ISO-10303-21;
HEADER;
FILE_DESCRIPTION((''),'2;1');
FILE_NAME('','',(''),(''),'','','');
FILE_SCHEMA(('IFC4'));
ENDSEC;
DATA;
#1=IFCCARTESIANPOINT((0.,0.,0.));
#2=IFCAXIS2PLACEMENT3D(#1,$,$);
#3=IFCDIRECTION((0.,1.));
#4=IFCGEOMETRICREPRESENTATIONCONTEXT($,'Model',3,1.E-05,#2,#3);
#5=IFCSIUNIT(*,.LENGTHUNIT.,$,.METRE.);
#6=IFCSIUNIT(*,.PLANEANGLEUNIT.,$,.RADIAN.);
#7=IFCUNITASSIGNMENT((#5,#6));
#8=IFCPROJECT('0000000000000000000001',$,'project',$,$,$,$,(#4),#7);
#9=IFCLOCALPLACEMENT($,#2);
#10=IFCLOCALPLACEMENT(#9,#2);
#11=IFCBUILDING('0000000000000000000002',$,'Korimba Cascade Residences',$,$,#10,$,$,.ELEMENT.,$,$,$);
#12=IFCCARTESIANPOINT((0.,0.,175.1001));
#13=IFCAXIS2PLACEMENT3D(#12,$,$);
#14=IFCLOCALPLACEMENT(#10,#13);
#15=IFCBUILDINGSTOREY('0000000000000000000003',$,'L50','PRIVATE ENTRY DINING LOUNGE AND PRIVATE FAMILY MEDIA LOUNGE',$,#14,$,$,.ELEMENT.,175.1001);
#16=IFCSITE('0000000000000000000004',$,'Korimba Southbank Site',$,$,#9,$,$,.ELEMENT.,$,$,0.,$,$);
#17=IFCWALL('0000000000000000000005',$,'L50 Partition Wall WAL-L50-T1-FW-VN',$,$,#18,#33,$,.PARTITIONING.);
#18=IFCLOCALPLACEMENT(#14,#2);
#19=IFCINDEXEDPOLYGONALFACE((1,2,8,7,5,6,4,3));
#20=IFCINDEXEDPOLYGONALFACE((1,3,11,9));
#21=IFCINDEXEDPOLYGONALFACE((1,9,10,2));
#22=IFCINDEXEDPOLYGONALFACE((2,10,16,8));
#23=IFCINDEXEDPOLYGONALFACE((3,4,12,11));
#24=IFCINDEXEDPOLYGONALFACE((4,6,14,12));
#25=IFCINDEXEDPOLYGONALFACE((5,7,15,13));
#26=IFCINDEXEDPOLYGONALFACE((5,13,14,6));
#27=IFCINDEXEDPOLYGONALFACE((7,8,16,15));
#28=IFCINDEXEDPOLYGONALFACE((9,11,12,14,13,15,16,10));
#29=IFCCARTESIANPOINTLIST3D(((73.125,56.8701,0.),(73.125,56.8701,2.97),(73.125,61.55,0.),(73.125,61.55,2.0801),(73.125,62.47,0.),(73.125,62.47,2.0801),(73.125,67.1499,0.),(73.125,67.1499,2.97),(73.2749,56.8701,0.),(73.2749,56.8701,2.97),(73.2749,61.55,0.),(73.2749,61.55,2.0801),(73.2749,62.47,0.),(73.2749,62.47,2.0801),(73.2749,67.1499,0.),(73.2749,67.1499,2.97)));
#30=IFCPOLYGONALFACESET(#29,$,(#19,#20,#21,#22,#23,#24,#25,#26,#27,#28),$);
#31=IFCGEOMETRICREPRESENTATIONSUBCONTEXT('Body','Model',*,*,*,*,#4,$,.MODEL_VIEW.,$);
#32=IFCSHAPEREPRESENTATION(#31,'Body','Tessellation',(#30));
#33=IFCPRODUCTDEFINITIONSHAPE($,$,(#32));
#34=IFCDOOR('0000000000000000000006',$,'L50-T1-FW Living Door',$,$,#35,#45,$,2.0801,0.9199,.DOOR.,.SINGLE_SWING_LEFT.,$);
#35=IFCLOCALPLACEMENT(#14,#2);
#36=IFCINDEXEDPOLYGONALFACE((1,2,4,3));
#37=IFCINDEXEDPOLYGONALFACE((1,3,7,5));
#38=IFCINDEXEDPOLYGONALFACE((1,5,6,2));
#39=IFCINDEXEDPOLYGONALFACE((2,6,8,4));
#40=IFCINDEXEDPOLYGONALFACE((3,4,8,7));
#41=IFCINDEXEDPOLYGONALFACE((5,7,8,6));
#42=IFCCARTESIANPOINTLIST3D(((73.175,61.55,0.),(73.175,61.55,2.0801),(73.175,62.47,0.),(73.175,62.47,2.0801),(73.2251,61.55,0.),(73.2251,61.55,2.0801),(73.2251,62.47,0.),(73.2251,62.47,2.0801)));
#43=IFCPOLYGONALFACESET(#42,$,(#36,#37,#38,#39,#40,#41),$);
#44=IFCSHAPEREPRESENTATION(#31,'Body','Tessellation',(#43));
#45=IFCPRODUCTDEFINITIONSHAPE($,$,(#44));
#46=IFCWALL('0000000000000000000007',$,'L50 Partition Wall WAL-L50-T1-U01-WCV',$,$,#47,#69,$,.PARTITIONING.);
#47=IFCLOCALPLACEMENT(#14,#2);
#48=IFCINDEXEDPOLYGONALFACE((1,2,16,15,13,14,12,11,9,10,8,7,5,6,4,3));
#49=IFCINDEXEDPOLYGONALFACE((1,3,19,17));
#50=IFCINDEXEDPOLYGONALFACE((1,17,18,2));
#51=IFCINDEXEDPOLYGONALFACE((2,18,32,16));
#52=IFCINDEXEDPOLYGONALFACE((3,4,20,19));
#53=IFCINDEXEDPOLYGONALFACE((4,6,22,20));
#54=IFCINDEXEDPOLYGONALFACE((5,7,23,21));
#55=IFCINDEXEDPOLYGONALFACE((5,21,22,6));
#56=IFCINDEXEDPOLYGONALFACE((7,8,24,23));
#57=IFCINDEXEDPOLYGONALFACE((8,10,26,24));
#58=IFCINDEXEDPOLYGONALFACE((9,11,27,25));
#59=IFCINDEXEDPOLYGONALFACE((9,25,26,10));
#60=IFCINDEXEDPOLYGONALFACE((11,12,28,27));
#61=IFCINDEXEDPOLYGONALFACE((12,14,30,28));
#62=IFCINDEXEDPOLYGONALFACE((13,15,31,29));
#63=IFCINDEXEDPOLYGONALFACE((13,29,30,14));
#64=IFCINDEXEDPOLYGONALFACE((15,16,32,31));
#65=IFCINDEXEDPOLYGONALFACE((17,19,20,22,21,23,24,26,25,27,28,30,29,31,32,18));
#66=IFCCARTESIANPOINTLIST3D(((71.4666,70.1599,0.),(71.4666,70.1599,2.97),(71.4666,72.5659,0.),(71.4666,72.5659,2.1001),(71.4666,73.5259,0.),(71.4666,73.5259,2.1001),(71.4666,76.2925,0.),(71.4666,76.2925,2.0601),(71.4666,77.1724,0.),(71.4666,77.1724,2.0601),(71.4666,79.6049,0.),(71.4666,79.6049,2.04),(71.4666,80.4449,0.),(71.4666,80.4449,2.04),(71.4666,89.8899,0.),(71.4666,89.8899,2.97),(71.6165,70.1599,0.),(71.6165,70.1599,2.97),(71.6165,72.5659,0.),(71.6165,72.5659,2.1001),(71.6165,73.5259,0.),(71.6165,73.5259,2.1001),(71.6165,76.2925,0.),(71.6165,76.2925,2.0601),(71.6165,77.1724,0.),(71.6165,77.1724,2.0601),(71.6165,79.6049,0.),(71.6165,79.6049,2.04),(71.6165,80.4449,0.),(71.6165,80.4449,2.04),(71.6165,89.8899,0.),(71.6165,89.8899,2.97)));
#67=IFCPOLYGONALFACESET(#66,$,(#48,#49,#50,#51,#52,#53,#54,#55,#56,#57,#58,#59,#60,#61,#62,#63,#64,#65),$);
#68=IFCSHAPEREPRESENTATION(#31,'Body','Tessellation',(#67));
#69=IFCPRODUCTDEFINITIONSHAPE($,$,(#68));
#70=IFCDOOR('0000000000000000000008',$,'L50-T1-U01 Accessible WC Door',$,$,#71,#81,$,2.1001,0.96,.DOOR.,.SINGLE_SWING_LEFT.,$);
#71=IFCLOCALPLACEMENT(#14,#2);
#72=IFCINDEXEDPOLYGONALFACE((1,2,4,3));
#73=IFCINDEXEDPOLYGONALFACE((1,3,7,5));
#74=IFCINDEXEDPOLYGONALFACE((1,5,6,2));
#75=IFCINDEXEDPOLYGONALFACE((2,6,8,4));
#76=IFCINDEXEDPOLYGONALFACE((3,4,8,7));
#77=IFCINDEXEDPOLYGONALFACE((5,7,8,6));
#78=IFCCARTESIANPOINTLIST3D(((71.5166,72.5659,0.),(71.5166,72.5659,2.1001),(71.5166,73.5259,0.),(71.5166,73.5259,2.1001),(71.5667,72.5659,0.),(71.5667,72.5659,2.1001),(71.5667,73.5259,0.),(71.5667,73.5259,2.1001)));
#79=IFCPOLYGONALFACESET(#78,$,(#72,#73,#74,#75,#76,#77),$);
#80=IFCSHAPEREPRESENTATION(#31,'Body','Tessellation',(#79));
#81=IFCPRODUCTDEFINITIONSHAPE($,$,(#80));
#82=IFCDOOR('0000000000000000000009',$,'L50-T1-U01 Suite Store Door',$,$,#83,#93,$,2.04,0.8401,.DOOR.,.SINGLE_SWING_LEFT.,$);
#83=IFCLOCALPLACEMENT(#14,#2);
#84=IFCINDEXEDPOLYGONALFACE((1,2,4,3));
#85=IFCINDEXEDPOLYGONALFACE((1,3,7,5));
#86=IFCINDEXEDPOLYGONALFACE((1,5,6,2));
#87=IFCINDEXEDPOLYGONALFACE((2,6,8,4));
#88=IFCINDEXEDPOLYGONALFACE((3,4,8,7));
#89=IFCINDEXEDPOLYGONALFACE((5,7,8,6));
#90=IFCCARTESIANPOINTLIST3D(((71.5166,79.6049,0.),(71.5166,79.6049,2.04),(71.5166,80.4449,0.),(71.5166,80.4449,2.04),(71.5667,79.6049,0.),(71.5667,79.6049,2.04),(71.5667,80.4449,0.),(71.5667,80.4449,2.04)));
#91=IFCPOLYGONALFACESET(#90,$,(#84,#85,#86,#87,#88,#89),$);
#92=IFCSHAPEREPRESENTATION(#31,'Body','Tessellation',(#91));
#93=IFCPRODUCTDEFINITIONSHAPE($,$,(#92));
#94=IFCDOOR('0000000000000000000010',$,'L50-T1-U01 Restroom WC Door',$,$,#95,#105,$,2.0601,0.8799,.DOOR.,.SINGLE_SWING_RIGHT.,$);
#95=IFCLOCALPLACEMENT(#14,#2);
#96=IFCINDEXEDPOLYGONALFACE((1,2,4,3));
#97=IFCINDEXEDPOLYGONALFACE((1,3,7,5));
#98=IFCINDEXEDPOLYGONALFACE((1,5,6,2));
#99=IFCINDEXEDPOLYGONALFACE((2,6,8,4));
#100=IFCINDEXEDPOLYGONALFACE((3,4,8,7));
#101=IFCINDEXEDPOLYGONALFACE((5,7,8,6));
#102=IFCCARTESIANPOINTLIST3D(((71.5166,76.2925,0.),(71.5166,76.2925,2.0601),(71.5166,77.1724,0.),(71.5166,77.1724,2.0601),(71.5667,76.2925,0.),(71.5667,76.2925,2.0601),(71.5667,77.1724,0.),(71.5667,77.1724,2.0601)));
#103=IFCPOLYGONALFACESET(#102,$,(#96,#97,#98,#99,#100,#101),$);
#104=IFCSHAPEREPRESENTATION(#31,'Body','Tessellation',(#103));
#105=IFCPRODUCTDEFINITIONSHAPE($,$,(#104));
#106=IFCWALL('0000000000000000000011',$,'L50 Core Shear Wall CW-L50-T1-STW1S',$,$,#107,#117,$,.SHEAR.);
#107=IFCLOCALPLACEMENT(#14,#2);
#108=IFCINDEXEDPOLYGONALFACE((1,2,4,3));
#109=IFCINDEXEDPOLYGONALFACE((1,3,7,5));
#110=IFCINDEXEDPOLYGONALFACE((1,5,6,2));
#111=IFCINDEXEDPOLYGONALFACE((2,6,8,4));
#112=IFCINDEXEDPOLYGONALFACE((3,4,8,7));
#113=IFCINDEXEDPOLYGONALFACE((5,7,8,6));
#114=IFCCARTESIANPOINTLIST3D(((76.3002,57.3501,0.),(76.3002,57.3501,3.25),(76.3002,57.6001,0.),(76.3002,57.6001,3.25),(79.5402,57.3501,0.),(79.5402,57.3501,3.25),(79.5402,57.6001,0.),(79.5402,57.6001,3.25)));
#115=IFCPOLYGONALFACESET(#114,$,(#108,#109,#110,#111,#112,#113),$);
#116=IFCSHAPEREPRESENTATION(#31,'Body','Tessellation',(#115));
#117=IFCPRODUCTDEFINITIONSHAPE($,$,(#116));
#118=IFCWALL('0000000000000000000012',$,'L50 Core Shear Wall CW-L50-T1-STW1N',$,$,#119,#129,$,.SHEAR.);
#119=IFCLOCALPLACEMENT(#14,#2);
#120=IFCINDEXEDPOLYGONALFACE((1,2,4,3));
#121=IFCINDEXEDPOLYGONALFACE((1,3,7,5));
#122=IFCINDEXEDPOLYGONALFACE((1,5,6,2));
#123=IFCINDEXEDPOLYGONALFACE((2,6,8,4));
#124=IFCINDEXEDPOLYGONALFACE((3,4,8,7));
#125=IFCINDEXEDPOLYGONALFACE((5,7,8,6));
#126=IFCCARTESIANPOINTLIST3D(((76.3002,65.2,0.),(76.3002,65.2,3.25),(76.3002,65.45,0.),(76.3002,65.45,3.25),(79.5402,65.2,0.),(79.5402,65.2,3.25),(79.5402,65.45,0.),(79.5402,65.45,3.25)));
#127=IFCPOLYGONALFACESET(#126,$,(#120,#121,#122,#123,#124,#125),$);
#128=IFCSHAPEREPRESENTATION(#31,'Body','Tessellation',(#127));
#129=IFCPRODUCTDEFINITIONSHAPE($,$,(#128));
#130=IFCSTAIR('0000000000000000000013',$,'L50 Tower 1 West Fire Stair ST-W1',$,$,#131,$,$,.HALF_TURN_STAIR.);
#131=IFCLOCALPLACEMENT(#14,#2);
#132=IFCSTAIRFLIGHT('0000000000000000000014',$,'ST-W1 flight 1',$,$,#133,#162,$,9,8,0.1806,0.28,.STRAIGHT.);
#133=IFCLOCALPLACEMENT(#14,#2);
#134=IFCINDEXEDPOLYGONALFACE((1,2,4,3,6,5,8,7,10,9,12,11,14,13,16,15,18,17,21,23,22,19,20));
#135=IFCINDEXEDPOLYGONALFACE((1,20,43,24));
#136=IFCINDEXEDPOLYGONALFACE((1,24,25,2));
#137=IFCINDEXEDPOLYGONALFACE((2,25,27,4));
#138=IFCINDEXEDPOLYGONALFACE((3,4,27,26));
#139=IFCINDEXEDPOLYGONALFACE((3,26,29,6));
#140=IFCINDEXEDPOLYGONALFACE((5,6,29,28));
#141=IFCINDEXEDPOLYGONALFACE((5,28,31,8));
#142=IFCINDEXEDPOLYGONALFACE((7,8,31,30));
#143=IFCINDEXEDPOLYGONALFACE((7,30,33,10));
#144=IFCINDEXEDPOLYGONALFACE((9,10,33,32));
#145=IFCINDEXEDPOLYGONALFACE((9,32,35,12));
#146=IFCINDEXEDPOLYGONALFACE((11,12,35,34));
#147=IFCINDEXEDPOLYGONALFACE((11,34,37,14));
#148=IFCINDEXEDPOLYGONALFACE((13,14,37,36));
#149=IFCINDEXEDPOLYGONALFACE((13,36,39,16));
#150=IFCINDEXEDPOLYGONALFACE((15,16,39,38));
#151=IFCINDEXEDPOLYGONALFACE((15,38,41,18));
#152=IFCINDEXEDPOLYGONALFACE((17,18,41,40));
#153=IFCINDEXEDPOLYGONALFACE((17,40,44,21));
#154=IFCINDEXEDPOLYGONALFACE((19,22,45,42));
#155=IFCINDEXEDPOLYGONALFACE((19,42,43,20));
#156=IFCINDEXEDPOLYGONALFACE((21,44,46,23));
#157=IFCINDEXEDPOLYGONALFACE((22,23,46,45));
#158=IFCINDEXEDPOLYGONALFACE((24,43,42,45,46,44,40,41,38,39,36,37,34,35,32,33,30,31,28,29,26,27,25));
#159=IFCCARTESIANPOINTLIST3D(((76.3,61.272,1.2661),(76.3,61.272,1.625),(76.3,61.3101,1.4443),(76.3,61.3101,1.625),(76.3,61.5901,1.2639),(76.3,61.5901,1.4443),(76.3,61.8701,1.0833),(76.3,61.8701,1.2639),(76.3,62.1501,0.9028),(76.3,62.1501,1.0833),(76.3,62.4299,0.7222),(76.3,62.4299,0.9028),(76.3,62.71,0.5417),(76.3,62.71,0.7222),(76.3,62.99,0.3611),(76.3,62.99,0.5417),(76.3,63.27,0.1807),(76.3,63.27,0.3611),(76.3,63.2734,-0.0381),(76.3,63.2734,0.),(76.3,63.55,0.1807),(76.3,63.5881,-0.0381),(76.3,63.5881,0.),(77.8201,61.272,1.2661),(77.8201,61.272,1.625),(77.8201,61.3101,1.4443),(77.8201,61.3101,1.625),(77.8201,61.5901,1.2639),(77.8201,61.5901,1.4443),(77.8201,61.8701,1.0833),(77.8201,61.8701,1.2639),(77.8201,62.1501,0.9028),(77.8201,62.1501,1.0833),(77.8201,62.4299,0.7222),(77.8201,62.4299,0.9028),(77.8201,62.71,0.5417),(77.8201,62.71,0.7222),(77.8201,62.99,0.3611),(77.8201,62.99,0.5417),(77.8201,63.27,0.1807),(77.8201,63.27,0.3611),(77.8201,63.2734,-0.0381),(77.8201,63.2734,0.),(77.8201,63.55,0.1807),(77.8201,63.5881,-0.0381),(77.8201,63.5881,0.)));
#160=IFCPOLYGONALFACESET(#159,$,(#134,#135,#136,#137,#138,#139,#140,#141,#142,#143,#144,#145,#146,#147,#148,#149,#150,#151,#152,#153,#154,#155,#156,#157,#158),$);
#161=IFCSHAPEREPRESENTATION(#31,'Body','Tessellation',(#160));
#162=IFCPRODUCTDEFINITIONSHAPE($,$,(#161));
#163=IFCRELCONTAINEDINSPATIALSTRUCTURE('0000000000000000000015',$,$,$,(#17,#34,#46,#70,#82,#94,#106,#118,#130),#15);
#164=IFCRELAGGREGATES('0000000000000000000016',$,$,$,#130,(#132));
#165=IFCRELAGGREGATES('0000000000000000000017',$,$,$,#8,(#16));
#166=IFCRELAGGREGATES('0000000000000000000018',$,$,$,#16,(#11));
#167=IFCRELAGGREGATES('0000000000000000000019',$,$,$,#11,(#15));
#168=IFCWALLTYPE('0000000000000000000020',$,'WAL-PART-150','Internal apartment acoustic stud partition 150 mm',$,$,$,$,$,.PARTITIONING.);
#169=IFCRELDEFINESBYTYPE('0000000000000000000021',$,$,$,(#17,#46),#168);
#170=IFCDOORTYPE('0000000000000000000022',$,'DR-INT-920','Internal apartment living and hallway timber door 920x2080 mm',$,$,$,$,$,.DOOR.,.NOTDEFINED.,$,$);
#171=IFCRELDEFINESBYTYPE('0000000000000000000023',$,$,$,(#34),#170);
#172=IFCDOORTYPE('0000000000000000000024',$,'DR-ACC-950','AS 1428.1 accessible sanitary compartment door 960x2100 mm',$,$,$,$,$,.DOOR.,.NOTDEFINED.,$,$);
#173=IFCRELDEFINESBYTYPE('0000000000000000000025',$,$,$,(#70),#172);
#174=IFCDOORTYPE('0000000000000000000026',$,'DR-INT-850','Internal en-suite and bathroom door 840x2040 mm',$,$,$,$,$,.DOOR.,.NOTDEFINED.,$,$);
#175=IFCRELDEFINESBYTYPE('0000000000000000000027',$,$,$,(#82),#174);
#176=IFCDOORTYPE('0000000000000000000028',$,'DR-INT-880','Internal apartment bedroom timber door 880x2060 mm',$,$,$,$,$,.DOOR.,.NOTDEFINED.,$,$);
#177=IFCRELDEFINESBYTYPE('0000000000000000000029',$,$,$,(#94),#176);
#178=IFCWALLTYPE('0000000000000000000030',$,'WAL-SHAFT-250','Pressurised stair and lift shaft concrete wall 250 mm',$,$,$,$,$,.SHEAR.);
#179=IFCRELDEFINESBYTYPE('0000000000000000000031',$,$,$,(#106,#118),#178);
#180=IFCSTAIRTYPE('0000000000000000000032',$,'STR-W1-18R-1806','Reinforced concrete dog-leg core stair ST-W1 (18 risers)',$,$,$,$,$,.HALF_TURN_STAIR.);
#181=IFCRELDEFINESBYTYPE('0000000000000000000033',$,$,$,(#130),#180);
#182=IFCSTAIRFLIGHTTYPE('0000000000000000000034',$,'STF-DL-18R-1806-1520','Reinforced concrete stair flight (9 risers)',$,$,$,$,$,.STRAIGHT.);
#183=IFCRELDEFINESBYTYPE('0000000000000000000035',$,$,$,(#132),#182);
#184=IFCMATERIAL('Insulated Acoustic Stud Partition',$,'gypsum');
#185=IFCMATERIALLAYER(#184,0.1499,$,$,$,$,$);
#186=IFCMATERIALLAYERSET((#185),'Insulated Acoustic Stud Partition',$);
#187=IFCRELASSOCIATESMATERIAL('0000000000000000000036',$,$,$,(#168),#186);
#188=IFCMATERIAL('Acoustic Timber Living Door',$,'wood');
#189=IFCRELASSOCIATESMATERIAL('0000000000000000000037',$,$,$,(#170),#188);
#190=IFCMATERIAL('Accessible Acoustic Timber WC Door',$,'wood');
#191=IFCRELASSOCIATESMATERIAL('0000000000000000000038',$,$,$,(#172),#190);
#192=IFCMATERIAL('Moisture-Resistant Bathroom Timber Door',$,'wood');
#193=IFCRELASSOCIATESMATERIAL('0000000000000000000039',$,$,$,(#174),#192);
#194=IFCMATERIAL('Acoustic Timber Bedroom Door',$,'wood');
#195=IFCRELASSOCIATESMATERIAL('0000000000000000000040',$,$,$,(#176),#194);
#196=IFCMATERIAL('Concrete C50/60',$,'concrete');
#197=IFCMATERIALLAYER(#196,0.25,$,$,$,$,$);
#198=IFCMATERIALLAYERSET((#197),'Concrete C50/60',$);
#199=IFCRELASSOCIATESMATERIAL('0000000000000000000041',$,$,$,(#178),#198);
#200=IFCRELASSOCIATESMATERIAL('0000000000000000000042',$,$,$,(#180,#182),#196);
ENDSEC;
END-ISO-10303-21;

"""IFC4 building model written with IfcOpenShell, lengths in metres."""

from ifc_helpers import new_model, si_unit, direction, frame, frame_2d, origin, place, context, subcontext, project, spatial, polyline, rectangle, outline, extrude, material, layer, layer_set, type_object, element, fill, aggregate, save


model = new_model("IFC4")

# Units and contexts
model_context = context("Model", 3, precision=1e-05, world=origin(), true_north=direction((0.0, 1.0)))
body_context = subcontext(model_context, "Body", "Model", "MODEL_VIEW")
ifc_project = project(units=[si_unit("LENGTHUNIT", "METRE"), si_unit("PLANEANGLEUNIT", "RADIAN")], contexts=[model_context])

# Site, building, storey
site_placement = place(None, origin())
site = spatial("IfcSite", under=ifc_project, at=site_placement, Name="Korimba Southbank Site", CompositionType="ELEMENT", RefElevation=0.0)
building_placement = place(site_placement, origin())
building = spatial("IfcBuilding", under=site, at=building_placement, Name="Korimba Cascade Residences", CompositionType="ELEMENT")
storey_placement = place(building_placement, frame((0.0, 0.0, 175.1001)))
storey = spatial("IfcBuildingStorey", under=building, at=storey_placement, Name="L50", Description="PRIVATE ENTRY DINING LOUNGE AND PRIVATE FAMILY MEDIA LOUNGE", CompositionType="ELEMENT", Elevation=175.1001)

# Wall, opening, door
ifc_material_1 = material(Name="Insulated Acoustic Stud Partition", Category="gypsum")
ifc_layer_1 = layer(ifc_material_1, 0.1499)
ifc_layer_set_1 = layer_set([ifc_layer_1], Name="Insulated Acoustic Stud Partition")
wall_type_1 = type_object("IfcWallType", Name="WAL-PART-150", Description="Internal apartment acoustic stud partition 150 mm", PredefinedType="PARTITIONING", material=ifc_layer_set_1)
wall_1_placement = place(storey_placement, frame((73.2, 56.8701, 0.0), z_axis=(0.0, 0.0, 1.0), x_axis=(0.0, 1.0, 0.0)))
wall_1 = element("IfcWall", 1, at=wall_1_placement, inside=storey, type_object=wall_type_1, Name="L50 Partition Wall WAL-L50-T1-FW-VN", PredefinedType="PARTITIONING", context=body_context, shape_type="SweptSolid", body=[
    extrude(rectangle(XDim=10.2798, YDim=0.1499, at=frame_2d((5.1399, 0.0))), origin(), (0.0, 0.0, 1.0), 2.97),
])
opening_1_placement = place(wall_1_placement, frame((4.6799, 0.0, 0.0)))
opening_1 = element("IfcOpeningElement", 2, at=opening_1_placement, cuts=wall_1, PredefinedType="OPENING", context=body_context, shape_type="SweptSolid", body=[
    extrude(rectangle(XDim=0.9199, YDim=2.0801, at=frame_2d((0.46, 1.04))), frame((0.0, 0.085, 0.0), z_axis=(0.0, -1.0, 0.0), x_axis=(1.0, 0.0, 0.0)), (0.0, 0.0, 1.0), 0.1699),
])
ifc_material_2 = material(Name="Acoustic Timber Living Door", Category="wood")
door_type_1 = type_object("IfcDoorType", Name="DR-INT-920", Description="Internal apartment living and hallway timber door 920x2080 mm", OperationType="NOTDEFINED", PredefinedType="DOOR", material=ifc_material_2)
door_1_placement = place(opening_1_placement, origin())
door_1 = element("IfcDoor", 3, at=door_1_placement, inside=storey, type_object=door_type_1, Name="L50-T1-FW Living Door", OperationType="SINGLE_SWING_LEFT", OverallHeight=2.0801, OverallWidth=0.9199, PredefinedType="DOOR", context=body_context, shape_type="SweptSolid", body=[
    extrude(rectangle(XDim=0.9199, YDim=2.0801, at=frame_2d((0.46, 1.04))), frame((0.0, 0.0249, 0.0), z_axis=(0.0, -1.0, 0.0), x_axis=(1.0, 0.0, 0.0)), (0.0, 0.0, 1.0), 0.05),
])
fill(opening_1, door_1)

# Wall, openings, doors
wall_2_placement = place(storey_placement, frame((71.5415, 70.1599, 0.0), z_axis=(0.0, 0.0, 1.0), x_axis=(0.0, 1.0, 0.0)))
wall_2 = element("IfcWall", 4, at=wall_2_placement, inside=storey, type_object=wall_type_1, Name="L50 Partition Wall WAL-L50-T1-U01-WCV", PredefinedType="PARTITIONING", context=body_context, shape_type="SweptSolid", body=[
    extrude(rectangle(XDim=19.73, YDim=0.1499, at=frame_2d((9.865, 0.0))), origin(), (0.0, 0.0, 1.0), 2.97),
])
opening_2_placement = place(wall_2_placement, frame((2.406, 0.0, 0.0)))
opening_2 = element("IfcOpeningElement", 5, at=opening_2_placement, cuts=wall_2, PredefinedType="OPENING", context=body_context, shape_type="SweptSolid", body=[
    extrude(rectangle(XDim=0.96, YDim=2.1001, at=frame_2d((0.48, 1.05))), frame((0.0, 0.085, 0.0), z_axis=(0.0, -1.0, 0.0), x_axis=(1.0, 0.0, 0.0)), (0.0, 0.0, 1.0), 0.1699),
])
opening_3_placement = place(wall_2_placement, frame((6.1326, 0.0, 0.0)))
opening_3 = element("IfcOpeningElement", 6, at=opening_3_placement, cuts=wall_2, PredefinedType="OPENING", context=body_context, shape_type="SweptSolid", body=[
    extrude(rectangle(XDim=0.8799, YDim=2.0601, at=frame_2d((0.4399, 1.03))), frame((0.0, 0.085, 0.0), z_axis=(0.0, -1.0, 0.0), x_axis=(1.0, 0.0, 0.0)), (0.0, 0.0, 1.0), 0.1699),
])
opening_4_placement = place(wall_2_placement, frame((9.4451, 0.0, 0.0)))
opening_4 = element("IfcOpeningElement", 7, at=opening_4_placement, cuts=wall_2, PredefinedType="OPENING", context=body_context, shape_type="SweptSolid", body=[
    extrude(rectangle(XDim=0.8401, YDim=2.04, at=frame_2d((0.4199, 1.02))), frame((0.0, 0.085, 0.0), z_axis=(0.0, -1.0, 0.0), x_axis=(1.0, 0.0, 0.0)), (0.0, 0.0, 1.0), 0.1699),
])
ifc_material_3 = material(Name="Accessible Acoustic Timber WC Door", Category="wood")
door_type_2 = type_object("IfcDoorType", Name="DR-ACC-950", Description="AS 1428.1 accessible sanitary compartment door 960x2100 mm", OperationType="NOTDEFINED", PredefinedType="DOOR", material=ifc_material_3)
door_2_placement = place(opening_2_placement, origin())
door_2 = element("IfcDoor", 8, at=door_2_placement, inside=storey, type_object=door_type_2, Name="L50-T1-U01 Accessible WC Door", OperationType="SINGLE_SWING_LEFT", OverallHeight=2.1001, OverallWidth=0.96, PredefinedType="DOOR", context=body_context, shape_type="SweptSolid", body=[
    extrude(rectangle(XDim=0.96, YDim=2.1001, at=frame_2d((0.48, 1.05))), frame((0.0, 0.0249, 0.0), z_axis=(0.0, -1.0, 0.0), x_axis=(1.0, 0.0, 0.0)), (0.0, 0.0, 1.0), 0.05),
])
fill(opening_2, door_2)
ifc_material_4 = material(Name="Moisture-Resistant Bathroom Timber Door", Category="wood")
door_type_3 = type_object("IfcDoorType", Name="DR-INT-850", Description="Internal en-suite and bathroom door 840x2040 mm", OperationType="NOTDEFINED", PredefinedType="DOOR", material=ifc_material_4)
door_3_placement = place(opening_4_placement, origin())
door_3 = element("IfcDoor", 9, at=door_3_placement, inside=storey, type_object=door_type_3, Name="L50-T1-U01 Suite Store Door", OperationType="SINGLE_SWING_LEFT", OverallHeight=2.04, OverallWidth=0.8401, PredefinedType="DOOR", context=body_context, shape_type="SweptSolid", body=[
    extrude(rectangle(XDim=0.8401, YDim=2.04, at=frame_2d((0.4199, 1.02))), frame((0.0, 0.0249, 0.0), z_axis=(0.0, -1.0, 0.0), x_axis=(1.0, 0.0, 0.0)), (0.0, 0.0, 1.0), 0.05),
])
fill(opening_4, door_3)
ifc_material_5 = material(Name="Acoustic Timber Bedroom Door", Category="wood")
door_type_4 = type_object("IfcDoorType", Name="DR-INT-880", Description="Internal apartment bedroom timber door 880x2060 mm", OperationType="NOTDEFINED", PredefinedType="DOOR", material=ifc_material_5)
door_4_placement = place(opening_3_placement, origin())
door_4 = element("IfcDoor", 10, at=door_4_placement, inside=storey, type_object=door_type_4, Name="L50-T1-U01 Restroom WC Door", OperationType="SINGLE_SWING_RIGHT", OverallHeight=2.0601, OverallWidth=0.8799, PredefinedType="DOOR", context=body_context, shape_type="SweptSolid", body=[
    extrude(rectangle(XDim=0.8799, YDim=2.0601, at=frame_2d((0.4399, 1.03))), frame((0.0, 0.0249, 0.0), z_axis=(0.0, -1.0, 0.0), x_axis=(1.0, 0.0, 0.0)), (0.0, 0.0, 1.0), 0.05),
])
fill(opening_3, door_4)

# Walls
ifc_material_6 = material(Name="Concrete C50/60", Category="concrete")
ifc_layer_2 = layer(ifc_material_6, 0.25)
ifc_layer_set_2 = layer_set([ifc_layer_2], Name="Concrete C50/60")
wall_type_2 = type_object("IfcWallType", Name="WAL-SHAFT-250", Description="Pressurised stair and lift shaft concrete wall 250 mm", PredefinedType="SHEAR", material=ifc_layer_set_2)
for number, where, z_axis, x_axis, name in (
    (11, (76.3, 57.4751, 0.0), (0.0, 0.0, 1.0), (1.0, 0.0, 0.0), "L50 Core Shear Wall CW-L50-T1-STW1S"),
    (12, (76.3, 65.325, 0.0), (0.0, 0.0, 1.0), (1.0, 0.0, 0.0), "L50 Core Shear Wall CW-L50-T1-STW1N"),
):
    element("IfcWall", number, at=place(storey_placement, frame(where, z_axis=z_axis, x_axis=x_axis)), inside=storey, type_object=wall_type_2, Name=name, PredefinedType="SHEAR", context=body_context, shape_type="SweptSolid", body=[
        extrude(rectangle(XDim=3.24, YDim=0.25, at=frame_2d((1.6201, 0.0))), origin(), (0.0, 0.0, 1.0), 3.25),
    ])

# Stair, stair flight
stair_type = type_object("IfcStairType", Name="STR-W1-18R-1806", Description="Reinforced concrete dog-leg core stair ST-W1 (18 risers)", PredefinedType="HALF_TURN_STAIR", material=ifc_material_6)
stair_placement = place(storey_placement, origin())
stair = element("IfcStair", 13, at=stair_placement, inside=storey, type_object=stair_type, Name="L50 Tower 1 West Fire Stair ST-W1", PredefinedType="HALF_TURN_STAIR")
stair_flight_type = type_object("IfcStairFlightType", Name="STF-DL-18R-1806-1520", Description="Reinforced concrete stair flight (9 risers)", PredefinedType="STRAIGHT", material=ifc_material_6)
stair_flight_placement = place(storey_placement, frame((77.0601, 63.55, 0.0), z_axis=(0.0, 0.0, 1.0), x_axis=(0.0, -1.0, 0.0)))
stair_flight = element("IfcStairFlight", 14, at=stair_flight_placement, type_object=stair_flight_type, Name="ST-W1 flight 1", NumberOfRisers=9, NumberOfTreads=8, PredefinedType="STRAIGHT", RiserHeight=0.1806, TreadLength=0.28, context=body_context, shape_type="SweptSolid", body=[
    extrude(outline(polyline([(-0.0381, 0.0), (0.0, 0.1807), (0.28, 0.1807), (0.28, 0.3611), (0.5601, 0.3611), (0.5601, 0.5417), (0.8401, 0.5417), (0.8401, 0.7222), (1.1201, 0.7222), (1.1201, 0.9028), (1.3999, 0.9028), (1.3999, 1.0833), (1.6799, 1.0833), (1.6799, 1.2639), (1.96, 1.2639), (1.96, 1.4443), (2.24, 1.4443), (2.24, 1.625), (2.2781, 1.625), (2.2781, 1.2661), (0.2766, 0.0), (0.2766, -0.0381), (-0.0381, -0.0381), (-0.0381, 0.0)])), frame((0.0, 0.76, 0.0), z_axis=(0.0, -1.0, 0.0), x_axis=(1.0, 0.0, 0.0)), (0.0, 0.0, 1.0), 1.52),
])
aggregate(stair, [stair_flight])

save(model, "model.ifc")
